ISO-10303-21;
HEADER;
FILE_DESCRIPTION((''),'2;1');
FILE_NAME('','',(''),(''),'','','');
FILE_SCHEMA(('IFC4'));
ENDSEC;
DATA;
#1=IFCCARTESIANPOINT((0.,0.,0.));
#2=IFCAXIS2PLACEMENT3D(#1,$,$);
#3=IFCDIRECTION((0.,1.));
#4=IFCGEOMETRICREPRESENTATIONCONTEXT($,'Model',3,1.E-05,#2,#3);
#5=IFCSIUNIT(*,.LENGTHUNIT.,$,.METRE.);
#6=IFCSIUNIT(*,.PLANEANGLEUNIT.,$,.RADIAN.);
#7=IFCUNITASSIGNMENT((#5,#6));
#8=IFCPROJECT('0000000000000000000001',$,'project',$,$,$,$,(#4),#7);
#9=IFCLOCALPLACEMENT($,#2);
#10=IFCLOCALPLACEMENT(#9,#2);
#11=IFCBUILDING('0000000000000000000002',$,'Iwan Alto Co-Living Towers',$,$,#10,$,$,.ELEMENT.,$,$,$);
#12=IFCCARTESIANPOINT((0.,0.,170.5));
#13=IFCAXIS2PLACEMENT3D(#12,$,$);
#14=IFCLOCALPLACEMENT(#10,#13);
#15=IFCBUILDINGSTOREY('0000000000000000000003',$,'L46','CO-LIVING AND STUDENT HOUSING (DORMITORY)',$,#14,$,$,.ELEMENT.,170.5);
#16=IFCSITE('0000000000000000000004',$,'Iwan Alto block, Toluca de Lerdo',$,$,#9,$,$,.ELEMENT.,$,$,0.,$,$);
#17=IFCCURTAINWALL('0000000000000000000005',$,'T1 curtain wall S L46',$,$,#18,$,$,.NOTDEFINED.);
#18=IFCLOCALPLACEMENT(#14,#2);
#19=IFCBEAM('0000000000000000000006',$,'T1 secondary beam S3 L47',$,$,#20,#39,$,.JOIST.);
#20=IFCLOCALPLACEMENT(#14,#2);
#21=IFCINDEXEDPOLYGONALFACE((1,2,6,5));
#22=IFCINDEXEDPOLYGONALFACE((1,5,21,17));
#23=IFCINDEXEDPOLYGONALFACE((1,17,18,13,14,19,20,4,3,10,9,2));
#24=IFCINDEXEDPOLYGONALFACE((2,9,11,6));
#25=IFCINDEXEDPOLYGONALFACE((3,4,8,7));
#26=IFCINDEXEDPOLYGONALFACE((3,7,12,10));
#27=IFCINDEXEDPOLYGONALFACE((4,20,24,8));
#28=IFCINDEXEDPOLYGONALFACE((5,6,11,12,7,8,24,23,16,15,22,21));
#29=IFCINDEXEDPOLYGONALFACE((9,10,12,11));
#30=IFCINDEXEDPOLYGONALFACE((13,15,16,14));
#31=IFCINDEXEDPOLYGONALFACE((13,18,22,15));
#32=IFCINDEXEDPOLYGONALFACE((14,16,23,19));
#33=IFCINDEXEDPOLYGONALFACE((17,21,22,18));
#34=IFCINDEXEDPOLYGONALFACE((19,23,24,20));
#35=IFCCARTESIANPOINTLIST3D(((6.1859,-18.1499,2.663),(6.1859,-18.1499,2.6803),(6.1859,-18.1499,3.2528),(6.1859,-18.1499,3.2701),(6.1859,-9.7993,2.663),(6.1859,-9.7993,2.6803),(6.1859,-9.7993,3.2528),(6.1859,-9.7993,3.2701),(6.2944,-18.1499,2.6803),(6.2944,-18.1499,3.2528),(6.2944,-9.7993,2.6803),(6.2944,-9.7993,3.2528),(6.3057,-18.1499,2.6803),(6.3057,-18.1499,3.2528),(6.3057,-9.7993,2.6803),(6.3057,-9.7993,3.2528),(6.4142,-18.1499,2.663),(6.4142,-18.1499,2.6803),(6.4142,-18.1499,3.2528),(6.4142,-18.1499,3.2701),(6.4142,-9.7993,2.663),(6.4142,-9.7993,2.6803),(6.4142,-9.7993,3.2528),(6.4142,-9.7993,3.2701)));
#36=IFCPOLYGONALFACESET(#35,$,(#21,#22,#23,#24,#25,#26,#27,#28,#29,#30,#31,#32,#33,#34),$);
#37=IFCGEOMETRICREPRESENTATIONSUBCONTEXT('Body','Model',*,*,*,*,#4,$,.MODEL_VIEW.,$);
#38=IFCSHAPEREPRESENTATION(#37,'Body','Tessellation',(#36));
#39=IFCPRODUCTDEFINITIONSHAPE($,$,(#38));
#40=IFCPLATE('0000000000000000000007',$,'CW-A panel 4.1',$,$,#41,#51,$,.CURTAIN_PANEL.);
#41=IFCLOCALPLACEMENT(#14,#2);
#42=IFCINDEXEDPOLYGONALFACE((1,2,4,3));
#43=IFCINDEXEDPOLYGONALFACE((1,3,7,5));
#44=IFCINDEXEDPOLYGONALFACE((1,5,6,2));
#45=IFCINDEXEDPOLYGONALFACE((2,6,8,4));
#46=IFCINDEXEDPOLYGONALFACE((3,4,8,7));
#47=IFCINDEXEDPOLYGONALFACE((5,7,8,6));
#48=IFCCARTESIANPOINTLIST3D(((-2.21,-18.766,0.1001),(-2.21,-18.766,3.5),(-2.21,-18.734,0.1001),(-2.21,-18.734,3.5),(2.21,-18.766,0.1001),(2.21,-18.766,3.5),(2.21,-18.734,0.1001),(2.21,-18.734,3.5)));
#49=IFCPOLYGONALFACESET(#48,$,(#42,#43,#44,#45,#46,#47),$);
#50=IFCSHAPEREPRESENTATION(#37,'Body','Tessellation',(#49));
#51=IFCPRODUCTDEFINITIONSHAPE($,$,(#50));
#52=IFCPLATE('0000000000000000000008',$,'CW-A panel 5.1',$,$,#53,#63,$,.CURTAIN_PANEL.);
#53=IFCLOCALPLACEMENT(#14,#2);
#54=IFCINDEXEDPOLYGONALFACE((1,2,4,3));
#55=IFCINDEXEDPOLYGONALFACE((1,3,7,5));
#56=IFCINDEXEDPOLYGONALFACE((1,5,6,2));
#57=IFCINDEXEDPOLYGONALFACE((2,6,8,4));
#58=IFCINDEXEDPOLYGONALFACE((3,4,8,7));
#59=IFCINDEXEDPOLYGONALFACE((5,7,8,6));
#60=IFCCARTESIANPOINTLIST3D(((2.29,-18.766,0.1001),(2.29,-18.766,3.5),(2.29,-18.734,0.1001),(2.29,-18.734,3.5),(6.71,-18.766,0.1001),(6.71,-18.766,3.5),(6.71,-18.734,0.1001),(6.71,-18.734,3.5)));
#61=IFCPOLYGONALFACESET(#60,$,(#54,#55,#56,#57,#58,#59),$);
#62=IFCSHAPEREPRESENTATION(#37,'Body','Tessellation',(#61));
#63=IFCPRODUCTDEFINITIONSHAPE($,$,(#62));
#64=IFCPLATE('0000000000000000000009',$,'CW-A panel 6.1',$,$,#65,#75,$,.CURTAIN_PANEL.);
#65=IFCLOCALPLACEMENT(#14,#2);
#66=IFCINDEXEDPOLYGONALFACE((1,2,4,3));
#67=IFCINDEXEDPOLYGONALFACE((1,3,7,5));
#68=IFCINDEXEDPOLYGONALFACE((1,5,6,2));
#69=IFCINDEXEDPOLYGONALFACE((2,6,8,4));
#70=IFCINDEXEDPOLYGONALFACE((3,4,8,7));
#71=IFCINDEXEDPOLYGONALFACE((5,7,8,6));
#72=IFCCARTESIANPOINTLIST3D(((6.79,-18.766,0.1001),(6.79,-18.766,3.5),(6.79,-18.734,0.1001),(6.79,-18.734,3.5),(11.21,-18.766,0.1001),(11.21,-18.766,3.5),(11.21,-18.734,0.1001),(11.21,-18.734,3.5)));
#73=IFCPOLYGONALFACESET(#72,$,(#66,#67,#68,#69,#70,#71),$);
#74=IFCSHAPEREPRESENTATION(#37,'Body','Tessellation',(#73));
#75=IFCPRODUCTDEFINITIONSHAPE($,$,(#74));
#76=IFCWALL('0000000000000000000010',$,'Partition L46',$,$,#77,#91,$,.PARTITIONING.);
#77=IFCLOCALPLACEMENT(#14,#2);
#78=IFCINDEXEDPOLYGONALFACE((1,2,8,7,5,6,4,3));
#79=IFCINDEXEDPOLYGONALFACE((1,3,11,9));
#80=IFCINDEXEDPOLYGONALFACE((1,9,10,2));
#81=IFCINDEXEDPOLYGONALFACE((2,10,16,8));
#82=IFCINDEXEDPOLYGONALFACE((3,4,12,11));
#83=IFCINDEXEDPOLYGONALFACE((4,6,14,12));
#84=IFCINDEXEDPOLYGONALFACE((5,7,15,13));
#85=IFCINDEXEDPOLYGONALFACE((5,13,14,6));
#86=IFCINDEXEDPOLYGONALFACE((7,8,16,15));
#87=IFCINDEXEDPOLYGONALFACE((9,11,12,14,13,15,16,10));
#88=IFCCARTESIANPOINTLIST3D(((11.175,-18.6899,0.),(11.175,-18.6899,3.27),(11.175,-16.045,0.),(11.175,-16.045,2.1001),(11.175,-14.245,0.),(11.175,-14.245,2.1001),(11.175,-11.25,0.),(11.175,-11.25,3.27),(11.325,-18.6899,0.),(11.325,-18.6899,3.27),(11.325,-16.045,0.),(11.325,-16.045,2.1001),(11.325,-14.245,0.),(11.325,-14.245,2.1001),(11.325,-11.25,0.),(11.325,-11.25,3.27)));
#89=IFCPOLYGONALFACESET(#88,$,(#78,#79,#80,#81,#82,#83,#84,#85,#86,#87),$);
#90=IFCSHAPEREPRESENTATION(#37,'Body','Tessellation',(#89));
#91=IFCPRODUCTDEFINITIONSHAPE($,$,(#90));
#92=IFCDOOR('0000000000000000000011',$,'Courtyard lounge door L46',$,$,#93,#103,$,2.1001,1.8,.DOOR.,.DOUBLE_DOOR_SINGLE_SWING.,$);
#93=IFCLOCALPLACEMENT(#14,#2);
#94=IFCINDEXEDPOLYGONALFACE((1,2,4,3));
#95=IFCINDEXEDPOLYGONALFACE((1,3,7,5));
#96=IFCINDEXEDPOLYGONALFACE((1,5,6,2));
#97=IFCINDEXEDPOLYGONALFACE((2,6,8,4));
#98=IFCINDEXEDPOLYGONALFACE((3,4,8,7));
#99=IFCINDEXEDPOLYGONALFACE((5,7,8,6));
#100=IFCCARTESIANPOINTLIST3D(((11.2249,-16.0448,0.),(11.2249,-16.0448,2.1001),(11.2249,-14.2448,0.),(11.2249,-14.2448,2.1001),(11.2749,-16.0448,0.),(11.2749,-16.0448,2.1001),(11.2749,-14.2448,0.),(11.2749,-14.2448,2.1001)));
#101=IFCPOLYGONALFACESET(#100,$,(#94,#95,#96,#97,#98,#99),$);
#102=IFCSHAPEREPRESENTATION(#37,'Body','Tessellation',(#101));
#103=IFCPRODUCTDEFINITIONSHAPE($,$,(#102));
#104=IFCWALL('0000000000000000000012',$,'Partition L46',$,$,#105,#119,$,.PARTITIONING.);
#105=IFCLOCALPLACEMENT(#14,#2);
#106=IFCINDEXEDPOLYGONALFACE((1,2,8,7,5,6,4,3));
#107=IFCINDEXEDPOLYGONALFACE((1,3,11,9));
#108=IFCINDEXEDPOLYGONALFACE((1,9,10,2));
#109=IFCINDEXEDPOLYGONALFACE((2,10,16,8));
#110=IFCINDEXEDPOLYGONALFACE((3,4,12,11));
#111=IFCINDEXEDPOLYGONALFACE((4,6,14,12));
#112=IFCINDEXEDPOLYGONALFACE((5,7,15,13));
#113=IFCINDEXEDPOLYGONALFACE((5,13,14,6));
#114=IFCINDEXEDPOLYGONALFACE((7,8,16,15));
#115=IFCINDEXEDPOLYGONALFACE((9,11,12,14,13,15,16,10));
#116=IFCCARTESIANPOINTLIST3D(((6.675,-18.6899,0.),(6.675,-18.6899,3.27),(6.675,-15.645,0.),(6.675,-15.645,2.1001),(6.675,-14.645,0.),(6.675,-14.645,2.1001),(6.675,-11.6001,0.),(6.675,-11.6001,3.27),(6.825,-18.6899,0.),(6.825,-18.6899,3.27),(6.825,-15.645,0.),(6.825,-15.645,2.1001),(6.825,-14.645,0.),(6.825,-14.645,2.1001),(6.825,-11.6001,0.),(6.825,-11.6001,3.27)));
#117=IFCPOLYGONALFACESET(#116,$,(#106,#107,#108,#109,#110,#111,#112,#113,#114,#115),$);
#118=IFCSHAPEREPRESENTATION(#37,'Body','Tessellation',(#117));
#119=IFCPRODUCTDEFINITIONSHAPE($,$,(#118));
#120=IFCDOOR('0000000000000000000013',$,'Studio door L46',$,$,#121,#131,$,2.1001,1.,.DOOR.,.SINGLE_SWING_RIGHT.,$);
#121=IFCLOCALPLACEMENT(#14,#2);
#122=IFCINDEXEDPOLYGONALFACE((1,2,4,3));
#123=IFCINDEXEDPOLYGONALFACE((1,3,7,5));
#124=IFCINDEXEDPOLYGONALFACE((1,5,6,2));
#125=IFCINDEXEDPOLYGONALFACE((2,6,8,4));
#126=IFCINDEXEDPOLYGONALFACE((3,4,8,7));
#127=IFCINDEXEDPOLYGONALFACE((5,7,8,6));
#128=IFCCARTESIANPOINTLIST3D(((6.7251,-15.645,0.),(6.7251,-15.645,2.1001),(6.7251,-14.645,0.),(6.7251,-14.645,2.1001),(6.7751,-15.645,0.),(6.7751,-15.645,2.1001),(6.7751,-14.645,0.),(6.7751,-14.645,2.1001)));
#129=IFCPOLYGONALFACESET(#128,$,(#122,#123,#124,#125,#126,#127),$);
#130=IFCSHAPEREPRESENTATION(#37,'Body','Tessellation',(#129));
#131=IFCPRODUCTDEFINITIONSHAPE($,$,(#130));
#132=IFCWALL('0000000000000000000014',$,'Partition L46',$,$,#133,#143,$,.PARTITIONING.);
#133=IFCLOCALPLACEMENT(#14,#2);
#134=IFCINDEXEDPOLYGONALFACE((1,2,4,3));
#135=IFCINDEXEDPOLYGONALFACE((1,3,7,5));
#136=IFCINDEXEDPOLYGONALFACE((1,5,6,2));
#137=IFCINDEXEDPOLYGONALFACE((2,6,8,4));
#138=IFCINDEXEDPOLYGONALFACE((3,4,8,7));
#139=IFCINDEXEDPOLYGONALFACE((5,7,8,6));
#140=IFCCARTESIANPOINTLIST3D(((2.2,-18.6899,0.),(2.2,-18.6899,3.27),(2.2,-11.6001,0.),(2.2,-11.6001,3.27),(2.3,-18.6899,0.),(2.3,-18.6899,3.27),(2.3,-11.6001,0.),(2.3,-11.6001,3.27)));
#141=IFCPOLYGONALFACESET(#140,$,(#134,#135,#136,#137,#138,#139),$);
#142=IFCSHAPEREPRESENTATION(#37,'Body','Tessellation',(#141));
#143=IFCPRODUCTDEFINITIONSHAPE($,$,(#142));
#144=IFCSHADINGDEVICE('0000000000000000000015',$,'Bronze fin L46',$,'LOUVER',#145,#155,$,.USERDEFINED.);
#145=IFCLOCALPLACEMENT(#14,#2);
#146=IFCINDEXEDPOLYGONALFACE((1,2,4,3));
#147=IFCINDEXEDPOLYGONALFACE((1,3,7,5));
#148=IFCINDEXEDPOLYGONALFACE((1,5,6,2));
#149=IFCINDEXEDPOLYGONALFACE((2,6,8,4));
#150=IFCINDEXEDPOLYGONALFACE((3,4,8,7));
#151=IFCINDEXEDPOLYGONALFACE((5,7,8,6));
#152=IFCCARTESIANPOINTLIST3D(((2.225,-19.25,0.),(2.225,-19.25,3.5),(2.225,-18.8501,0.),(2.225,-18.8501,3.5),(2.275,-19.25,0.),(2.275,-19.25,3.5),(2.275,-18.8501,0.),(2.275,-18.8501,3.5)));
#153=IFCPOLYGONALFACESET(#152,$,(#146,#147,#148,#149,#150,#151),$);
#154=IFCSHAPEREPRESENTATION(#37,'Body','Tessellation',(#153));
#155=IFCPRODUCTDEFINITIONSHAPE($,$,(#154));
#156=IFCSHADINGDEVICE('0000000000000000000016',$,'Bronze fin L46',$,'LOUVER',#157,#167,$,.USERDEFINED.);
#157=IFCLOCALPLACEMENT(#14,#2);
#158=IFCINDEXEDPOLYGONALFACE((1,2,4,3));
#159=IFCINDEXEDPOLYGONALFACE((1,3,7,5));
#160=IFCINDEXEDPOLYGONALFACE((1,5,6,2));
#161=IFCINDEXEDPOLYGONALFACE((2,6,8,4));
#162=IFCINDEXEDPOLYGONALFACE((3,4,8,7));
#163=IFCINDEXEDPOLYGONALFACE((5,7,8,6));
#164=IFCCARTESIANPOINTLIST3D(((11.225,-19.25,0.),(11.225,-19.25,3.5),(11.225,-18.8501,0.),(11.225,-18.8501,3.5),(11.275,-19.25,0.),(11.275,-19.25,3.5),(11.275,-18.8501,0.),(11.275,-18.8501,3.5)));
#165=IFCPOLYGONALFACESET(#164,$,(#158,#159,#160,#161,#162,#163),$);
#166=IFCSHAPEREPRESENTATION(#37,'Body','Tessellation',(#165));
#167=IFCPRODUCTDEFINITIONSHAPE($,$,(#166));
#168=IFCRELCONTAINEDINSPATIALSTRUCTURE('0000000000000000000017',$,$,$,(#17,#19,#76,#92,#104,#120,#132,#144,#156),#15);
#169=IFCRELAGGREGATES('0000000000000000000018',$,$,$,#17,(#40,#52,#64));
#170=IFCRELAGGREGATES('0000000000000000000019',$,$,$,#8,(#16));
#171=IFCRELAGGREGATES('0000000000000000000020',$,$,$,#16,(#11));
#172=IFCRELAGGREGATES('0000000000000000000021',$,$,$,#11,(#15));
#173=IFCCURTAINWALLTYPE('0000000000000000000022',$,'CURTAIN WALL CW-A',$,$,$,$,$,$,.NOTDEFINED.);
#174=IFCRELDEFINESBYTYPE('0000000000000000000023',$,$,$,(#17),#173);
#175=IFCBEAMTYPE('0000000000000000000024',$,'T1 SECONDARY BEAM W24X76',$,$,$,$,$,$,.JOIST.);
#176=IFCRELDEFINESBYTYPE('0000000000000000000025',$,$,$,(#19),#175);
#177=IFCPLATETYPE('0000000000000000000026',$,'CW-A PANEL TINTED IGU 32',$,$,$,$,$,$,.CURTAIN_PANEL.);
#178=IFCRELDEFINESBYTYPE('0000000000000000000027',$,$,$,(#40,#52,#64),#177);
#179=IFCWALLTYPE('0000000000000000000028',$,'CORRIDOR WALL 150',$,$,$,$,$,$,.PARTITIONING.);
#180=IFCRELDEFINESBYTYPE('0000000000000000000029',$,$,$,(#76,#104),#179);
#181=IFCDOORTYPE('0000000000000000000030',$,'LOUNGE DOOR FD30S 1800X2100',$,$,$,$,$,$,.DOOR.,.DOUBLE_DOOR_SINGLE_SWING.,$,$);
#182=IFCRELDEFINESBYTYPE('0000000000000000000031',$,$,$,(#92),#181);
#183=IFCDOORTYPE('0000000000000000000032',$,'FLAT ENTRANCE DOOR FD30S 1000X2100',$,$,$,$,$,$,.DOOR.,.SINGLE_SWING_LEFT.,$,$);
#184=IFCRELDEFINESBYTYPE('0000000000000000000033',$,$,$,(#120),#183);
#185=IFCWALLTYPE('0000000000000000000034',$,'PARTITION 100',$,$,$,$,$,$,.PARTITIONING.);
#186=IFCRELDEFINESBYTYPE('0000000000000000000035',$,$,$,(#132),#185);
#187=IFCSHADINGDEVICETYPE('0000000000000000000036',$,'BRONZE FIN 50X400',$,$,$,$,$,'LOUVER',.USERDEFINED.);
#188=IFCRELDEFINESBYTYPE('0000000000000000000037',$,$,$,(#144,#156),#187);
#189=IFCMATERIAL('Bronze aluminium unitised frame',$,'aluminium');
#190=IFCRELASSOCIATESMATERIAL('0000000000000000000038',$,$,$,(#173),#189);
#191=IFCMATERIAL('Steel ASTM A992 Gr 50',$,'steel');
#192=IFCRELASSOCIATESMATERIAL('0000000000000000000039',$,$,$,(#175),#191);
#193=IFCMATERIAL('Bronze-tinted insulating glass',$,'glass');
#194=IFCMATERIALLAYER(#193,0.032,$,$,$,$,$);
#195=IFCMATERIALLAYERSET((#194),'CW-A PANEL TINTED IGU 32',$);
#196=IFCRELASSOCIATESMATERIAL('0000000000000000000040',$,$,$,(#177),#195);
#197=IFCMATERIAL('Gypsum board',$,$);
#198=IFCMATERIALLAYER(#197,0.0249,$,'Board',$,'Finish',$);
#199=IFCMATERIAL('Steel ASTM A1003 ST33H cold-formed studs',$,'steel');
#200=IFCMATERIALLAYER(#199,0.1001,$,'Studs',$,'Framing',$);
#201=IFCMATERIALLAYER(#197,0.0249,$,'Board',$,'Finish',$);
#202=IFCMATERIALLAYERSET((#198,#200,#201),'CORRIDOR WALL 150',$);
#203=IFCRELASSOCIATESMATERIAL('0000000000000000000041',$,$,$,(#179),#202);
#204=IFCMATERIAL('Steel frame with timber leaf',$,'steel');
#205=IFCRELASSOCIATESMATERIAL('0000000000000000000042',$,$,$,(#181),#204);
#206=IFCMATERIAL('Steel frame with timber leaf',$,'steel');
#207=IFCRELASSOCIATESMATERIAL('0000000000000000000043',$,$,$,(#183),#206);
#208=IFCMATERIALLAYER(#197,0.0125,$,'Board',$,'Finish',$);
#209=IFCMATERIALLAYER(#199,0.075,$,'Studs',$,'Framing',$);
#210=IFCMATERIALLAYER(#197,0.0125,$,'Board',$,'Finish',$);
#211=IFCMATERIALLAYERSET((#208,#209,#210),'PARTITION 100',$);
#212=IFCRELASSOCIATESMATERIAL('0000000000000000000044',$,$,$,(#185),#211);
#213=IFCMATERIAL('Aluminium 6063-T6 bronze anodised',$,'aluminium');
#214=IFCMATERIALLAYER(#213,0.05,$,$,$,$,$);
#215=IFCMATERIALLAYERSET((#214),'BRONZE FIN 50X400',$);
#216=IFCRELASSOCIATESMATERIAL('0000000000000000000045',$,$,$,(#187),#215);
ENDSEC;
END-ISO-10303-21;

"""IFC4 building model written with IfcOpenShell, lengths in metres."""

from ifc_helpers import new_model, si_unit, direction, frame, frame_2d, origin, origin_2d, place, context, subcontext, project, spatial, rectangle, i_section, extrude, material, layer, layer_set, material_profile, profile_set, type_object, element, fill, aggregate, save


model = new_model("IFC4")

# Units and contexts
model_context = context("Model", 3, precision=1e-05, world=origin(), true_north=direction((0.0, 1.0)))
body_context = subcontext(model_context, "Body", "Model", "MODEL_VIEW")
ifc_project = project(units=[si_unit("LENGTHUNIT", "METRE"), si_unit("PLANEANGLEUNIT", "RADIAN")], contexts=[model_context])

# Site, building, storey
site_placement = place(None, origin())
site = spatial("IfcSite", under=ifc_project, at=site_placement, Name="Iwan Alto block, Toluca de Lerdo", CompositionType="ELEMENT", RefElevation=0.0)
building_placement = place(site_placement, origin())
building = spatial("IfcBuilding", under=site, at=building_placement, Name="Iwan Alto Co-Living Towers", CompositionType="ELEMENT")
storey_placement = place(building_placement, frame((0.0, 0.0, 170.5)))
storey = spatial("IfcBuildingStorey", under=building, at=storey_placement, Name="L46", Description="CO-LIVING AND STUDENT HOUSING (DORMITORY)", CompositionType="ELEMENT", Elevation=170.5)

# Curtain wall
ifc_material_1 = material(Name="Bronze aluminium unitised frame", Category="aluminium")
curtain_wall_type = type_object("IfcCurtainWallType", Name="CURTAIN WALL CW-A", PredefinedType="NOTDEFINED", material=ifc_material_1)
curtain_wall_placement = place(storey_placement, origin())
curtain_wall = element("IfcCurtainWall", 1, at=curtain_wall_placement, inside=storey, type_object=curtain_wall_type, Name="T1 curtain wall S L46", PredefinedType="NOTDEFINED")

# Beam
ifc_material_2 = material(Name="Steel ASTM A992 Gr 50", Category="steel")
ifc_material_profile_1 = material_profile(ifc_material_2, i_section(OverallWidth=0.2283, OverallDepth=0.6072, WebThickness=0.0112, FlangeThickness=0.0173, at=origin_2d()), Name="W24X76")
ifc_profile_set_1 = profile_set([ifc_material_profile_1], Name="Steel ASTM A992 Gr 50")
beam_type_1 = type_object("IfcBeamType", Name="T1 SECONDARY BEAM W24X76", PredefinedType="JOIST", material=ifc_profile_set_1)
for number, where, z_axis, x_axis, name in (
    (2, (6.3, -18.1499, 2.9666), (0.0, 1.0, 0.0), (-1.0, 0.0, 0.0), "T1 secondary beam S3 L47"),
):
    element("IfcBeam", number, at=place(storey_placement, frame(where, z_axis=z_axis, x_axis=x_axis)), inside=storey, type_object=beam_type_1, Name=name, PredefinedType="JOIST", context=body_context, shape_type="SweptSolid", body=[
        extrude(i_section(OverallWidth=0.2283, OverallDepth=0.6072, WebThickness=0.0112, FlangeThickness=0.0173, at=origin_2d()), origin(), (0.0, 0.0, 1.0), 8.3506),
    ])

# Plates
ifc_material_3 = material(Name="Bronze-tinted insulating glass", Category="glass")
ifc_layer_1 = layer(ifc_material_3, 0.032)
ifc_layer_set_1 = layer_set([ifc_layer_1], Name="CW-A PANEL TINTED IGU 32")
plate_type = type_object("IfcPlateType", Name="CW-A PANEL TINTED IGU 32", PredefinedType="CURTAIN_PANEL", material=ifc_layer_set_1)
plate_1_placement = place(storey_placement, frame((0.0, -18.75, 0.1001), z_axis=(0.0, 0.0, 1.0), x_axis=(1.0, 0.0, 0.0)))
plate_1 = element("IfcPlate", 3, at=plate_1_placement, type_object=plate_type, Name="CW-A panel 4.1", PredefinedType="CURTAIN_PANEL", context=body_context, shape_type="SweptSolid", body=[
    extrude(rectangle(XDim=4.4199, YDim=0.032, at=origin_2d()), origin(), (0.0, 0.0, 1.0), 3.3999),
])
plate_2_placement = place(storey_placement, frame((4.5, -18.75, 0.1001), z_axis=(0.0, 0.0, 1.0), x_axis=(1.0, 0.0, 0.0)))
plate_2 = element("IfcPlate", 4, at=plate_2_placement, type_object=plate_type, Name="CW-A panel 5.1", PredefinedType="CURTAIN_PANEL", context=body_context, shape_type="SweptSolid", body=[
    extrude(rectangle(XDim=4.4199, YDim=0.032, at=origin_2d()), origin(), (0.0, 0.0, 1.0), 3.3999),
])
plate_3_placement = place(storey_placement, frame((9.0, -18.75, 0.1001), z_axis=(0.0, 0.0, 1.0), x_axis=(1.0, 0.0, 0.0)))
plate_3 = element("IfcPlate", 5, at=plate_3_placement, type_object=plate_type, Name="CW-A panel 6.1", PredefinedType="CURTAIN_PANEL", context=body_context, shape_type="SweptSolid", body=[
    extrude(rectangle(XDim=4.4199, YDim=0.032, at=origin_2d()), origin(), (0.0, 0.0, 1.0), 3.3999),
])
aggregate(curtain_wall, [plate_1, plate_2, plate_3])

# Walls, openings, doors
ifc_material_4 = material(Name="Gypsum board")
ifc_layer_2 = layer(ifc_material_4, 0.0249, Name="Board", Category="Finish")
ifc_material_5 = material(Name="Steel ASTM A1003 ST33H cold-formed studs", Category="steel")
ifc_layer_3 = layer(ifc_material_5, 0.1001, Name="Studs", Category="Framing")
ifc_layer_4 = layer(ifc_material_4, 0.0249, Name="Board", Category="Finish")
ifc_layer_set_2 = layer_set([ifc_layer_2, ifc_layer_3, ifc_layer_4], Name="CORRIDOR WALL 150")
wall_type_1 = type_object("IfcWallType", Name="CORRIDOR WALL 150", PredefinedType="PARTITIONING", material=ifc_layer_set_2)
wall_1_placement = place(storey_placement, frame((11.25, -18.6899, 0.0), z_axis=(0.0, 0.0, 1.0), x_axis=(0.0, 1.0, 0.0)))
wall_1 = element("IfcWall", 6, at=wall_1_placement, inside=storey, type_object=wall_type_1, Name="Partition L46", PredefinedType="PARTITIONING", context=body_context, shape_type="SweptSolid", body=[
    extrude(rectangle(XDim=7.4399, YDim=0.1499, at=frame_2d((3.72, 0.0))), origin(), (0.0, 0.0, 1.0), 3.27),
])
opening_1_placement = place(wall_1_placement, frame((2.645, 0.0, 0.0)))
opening_1 = element("IfcOpeningElement", 7, at=opening_1_placement, cuts=wall_1, PredefinedType="OPENING", context=body_context, shape_type="SweptSolid", body=[
    extrude(rectangle(XDim=1.8, YDim=2.1001, at=frame_2d((0.8999, 1.05))), frame((0.0, 0.085, 0.0), z_axis=(0.0, -1.0, 0.0), x_axis=(1.0, 0.0, 0.0)), (0.0, 0.0, 1.0), 0.1699),
])
ifc_material_6 = material(Name="Steel frame with timber leaf", Category="steel")
door_type_1 = type_object("IfcDoorType", Name="LOUNGE DOOR FD30S 1800X2100", OperationType="DOUBLE_DOOR_SINGLE_SWING", PredefinedType="DOOR", material=ifc_material_6)
door_1_placement = place(opening_1_placement, frame((1.8, 0.0, 0.0), z_axis=(0.0, 0.0, 1.0), x_axis=(-1.0, 0.0, 0.0)))
door_1 = element("IfcDoor", 8, at=door_1_placement, inside=storey, type_object=door_type_1, Name="Courtyard lounge door L46", OperationType="DOUBLE_DOOR_SINGLE_SWING", OverallHeight=2.1001, OverallWidth=1.8, PredefinedType="DOOR", context=body_context, shape_type="SweptSolid", body=[
    extrude(rectangle(XDim=1.8, YDim=2.1001, at=frame_2d((0.8999, 1.05))), frame((0.0, 0.0249, 0.0), z_axis=(0.0, -1.0, 0.0), x_axis=(1.0, 0.0, 0.0)), (0.0, 0.0, 1.0), 0.05),
])
fill(opening_1, door_1)
wall_2_placement = place(storey_placement, frame((6.75, -18.6899, 0.0), z_axis=(0.0, 0.0, 1.0), x_axis=(0.0, 1.0, 0.0)))
wall_2 = element("IfcWall", 9, at=wall_2_placement, inside=storey, type_object=wall_type_1, Name="Partition L46", PredefinedType="PARTITIONING", context=body_context, shape_type="SweptSolid", body=[
    extrude(rectangle(XDim=7.0898, YDim=0.1499, at=frame_2d((3.5449, 0.0))), origin(), (0.0, 0.0, 1.0), 3.27),
])
opening_2_placement = place(wall_2_placement, frame((3.0449, 0.0, 0.0)))
opening_2 = element("IfcOpeningElement", 10, at=opening_2_placement, cuts=wall_2, PredefinedType="OPENING", context=body_context, shape_type="SweptSolid", body=[
    extrude(rectangle(XDim=1.0, YDim=2.1001, at=frame_2d((0.5, 1.05))), frame((0.0, 0.085, 0.0), z_axis=(0.0, -1.0, 0.0), x_axis=(1.0, 0.0, 0.0)), (0.0, 0.0, 1.0), 0.1699),
])
ifc_material_7 = material(Name="Steel frame with timber leaf", Category="steel")
door_type_2 = type_object("IfcDoorType", Name="FLAT ENTRANCE DOOR FD30S 1000X2100", OperationType="SINGLE_SWING_LEFT", PredefinedType="DOOR", material=ifc_material_7)
door_2_placement = place(opening_2_placement, origin())
door_2 = element("IfcDoor", 11, at=door_2_placement, inside=storey, type_object=door_type_2, Name="Studio door L46", OperationType="SINGLE_SWING_RIGHT", OverallHeight=2.1001, OverallWidth=1.0, PredefinedType="DOOR", context=body_context, shape_type="SweptSolid", body=[
    extrude(rectangle(XDim=1.0, YDim=2.1001, at=frame_2d((0.5, 1.05))), frame((0.0, 0.0249, 0.0), z_axis=(0.0, -1.0, 0.0), x_axis=(1.0, 0.0, 0.0)), (0.0, 0.0, 1.0), 0.05),
])
fill(opening_2, door_2)

# Wall
ifc_layer_5 = layer(ifc_material_4, 0.0125, Name="Board", Category="Finish")
ifc_layer_6 = layer(ifc_material_5, 0.075, Name="Studs", Category="Framing")
ifc_layer_7 = layer(ifc_material_4, 0.0125, Name="Board", Category="Finish")
ifc_layer_set_3 = layer_set([ifc_layer_5, ifc_layer_6, ifc_layer_7], Name="PARTITION 100")
wall_type_2 = type_object("IfcWallType", Name="PARTITION 100", PredefinedType="PARTITIONING", material=ifc_layer_set_3)
wall_3_placement = place(storey_placement, frame((2.25, -18.6899, 0.0), z_axis=(0.0, 0.0, 1.0), x_axis=(0.0, 1.0, 0.0)))
element("IfcWall", 12, at=wall_3_placement, inside=storey, type_object=wall_type_2, Name="Partition L46", PredefinedType="PARTITIONING", context=body_context, shape_type="SweptSolid", body=[
    extrude(rectangle(XDim=7.0898, YDim=0.1001, at=frame_2d((3.5449, 0.0))), origin(), (0.0, 0.0, 1.0), 3.27),
])

# Shading devices
ifc_material_8 = material(Name="Aluminium 6063-T6 bronze anodised", Category="aluminium")
ifc_layer_8 = layer(ifc_material_8, 0.05)
ifc_layer_set_4 = layer_set([ifc_layer_8], Name="BRONZE FIN 50X400")
shading_device_type = type_object("IfcShadingDeviceType", Name="BRONZE FIN 50X400", ElementType="LOUVER", PredefinedType="USERDEFINED", material=ifc_layer_set_4)
for number, where, z_axis, x_axis, name in (
    (13, (2.25, -19.05, 0.0), (0.0, 0.0, 1.0), (1.0, 0.0, 0.0), "Bronze fin L46"),
    (14, (11.25, -19.05, 0.0), (0.0, 0.0, 1.0), (1.0, 0.0, 0.0), "Bronze fin L46"),
):
    element("IfcShadingDevice", number, at=place(storey_placement, frame(where, z_axis=z_axis, x_axis=x_axis)), inside=storey, type_object=shading_device_type, Name=name, ObjectType="LOUVER", PredefinedType="USERDEFINED", context=body_context, shape_type="SweptSolid", body=[
        extrude(rectangle(XDim=0.05, YDim=0.3999, at=origin_2d()), origin(), (0.0, 0.0, 1.0), 3.5),
    ])

save(model, "model.ifc")
